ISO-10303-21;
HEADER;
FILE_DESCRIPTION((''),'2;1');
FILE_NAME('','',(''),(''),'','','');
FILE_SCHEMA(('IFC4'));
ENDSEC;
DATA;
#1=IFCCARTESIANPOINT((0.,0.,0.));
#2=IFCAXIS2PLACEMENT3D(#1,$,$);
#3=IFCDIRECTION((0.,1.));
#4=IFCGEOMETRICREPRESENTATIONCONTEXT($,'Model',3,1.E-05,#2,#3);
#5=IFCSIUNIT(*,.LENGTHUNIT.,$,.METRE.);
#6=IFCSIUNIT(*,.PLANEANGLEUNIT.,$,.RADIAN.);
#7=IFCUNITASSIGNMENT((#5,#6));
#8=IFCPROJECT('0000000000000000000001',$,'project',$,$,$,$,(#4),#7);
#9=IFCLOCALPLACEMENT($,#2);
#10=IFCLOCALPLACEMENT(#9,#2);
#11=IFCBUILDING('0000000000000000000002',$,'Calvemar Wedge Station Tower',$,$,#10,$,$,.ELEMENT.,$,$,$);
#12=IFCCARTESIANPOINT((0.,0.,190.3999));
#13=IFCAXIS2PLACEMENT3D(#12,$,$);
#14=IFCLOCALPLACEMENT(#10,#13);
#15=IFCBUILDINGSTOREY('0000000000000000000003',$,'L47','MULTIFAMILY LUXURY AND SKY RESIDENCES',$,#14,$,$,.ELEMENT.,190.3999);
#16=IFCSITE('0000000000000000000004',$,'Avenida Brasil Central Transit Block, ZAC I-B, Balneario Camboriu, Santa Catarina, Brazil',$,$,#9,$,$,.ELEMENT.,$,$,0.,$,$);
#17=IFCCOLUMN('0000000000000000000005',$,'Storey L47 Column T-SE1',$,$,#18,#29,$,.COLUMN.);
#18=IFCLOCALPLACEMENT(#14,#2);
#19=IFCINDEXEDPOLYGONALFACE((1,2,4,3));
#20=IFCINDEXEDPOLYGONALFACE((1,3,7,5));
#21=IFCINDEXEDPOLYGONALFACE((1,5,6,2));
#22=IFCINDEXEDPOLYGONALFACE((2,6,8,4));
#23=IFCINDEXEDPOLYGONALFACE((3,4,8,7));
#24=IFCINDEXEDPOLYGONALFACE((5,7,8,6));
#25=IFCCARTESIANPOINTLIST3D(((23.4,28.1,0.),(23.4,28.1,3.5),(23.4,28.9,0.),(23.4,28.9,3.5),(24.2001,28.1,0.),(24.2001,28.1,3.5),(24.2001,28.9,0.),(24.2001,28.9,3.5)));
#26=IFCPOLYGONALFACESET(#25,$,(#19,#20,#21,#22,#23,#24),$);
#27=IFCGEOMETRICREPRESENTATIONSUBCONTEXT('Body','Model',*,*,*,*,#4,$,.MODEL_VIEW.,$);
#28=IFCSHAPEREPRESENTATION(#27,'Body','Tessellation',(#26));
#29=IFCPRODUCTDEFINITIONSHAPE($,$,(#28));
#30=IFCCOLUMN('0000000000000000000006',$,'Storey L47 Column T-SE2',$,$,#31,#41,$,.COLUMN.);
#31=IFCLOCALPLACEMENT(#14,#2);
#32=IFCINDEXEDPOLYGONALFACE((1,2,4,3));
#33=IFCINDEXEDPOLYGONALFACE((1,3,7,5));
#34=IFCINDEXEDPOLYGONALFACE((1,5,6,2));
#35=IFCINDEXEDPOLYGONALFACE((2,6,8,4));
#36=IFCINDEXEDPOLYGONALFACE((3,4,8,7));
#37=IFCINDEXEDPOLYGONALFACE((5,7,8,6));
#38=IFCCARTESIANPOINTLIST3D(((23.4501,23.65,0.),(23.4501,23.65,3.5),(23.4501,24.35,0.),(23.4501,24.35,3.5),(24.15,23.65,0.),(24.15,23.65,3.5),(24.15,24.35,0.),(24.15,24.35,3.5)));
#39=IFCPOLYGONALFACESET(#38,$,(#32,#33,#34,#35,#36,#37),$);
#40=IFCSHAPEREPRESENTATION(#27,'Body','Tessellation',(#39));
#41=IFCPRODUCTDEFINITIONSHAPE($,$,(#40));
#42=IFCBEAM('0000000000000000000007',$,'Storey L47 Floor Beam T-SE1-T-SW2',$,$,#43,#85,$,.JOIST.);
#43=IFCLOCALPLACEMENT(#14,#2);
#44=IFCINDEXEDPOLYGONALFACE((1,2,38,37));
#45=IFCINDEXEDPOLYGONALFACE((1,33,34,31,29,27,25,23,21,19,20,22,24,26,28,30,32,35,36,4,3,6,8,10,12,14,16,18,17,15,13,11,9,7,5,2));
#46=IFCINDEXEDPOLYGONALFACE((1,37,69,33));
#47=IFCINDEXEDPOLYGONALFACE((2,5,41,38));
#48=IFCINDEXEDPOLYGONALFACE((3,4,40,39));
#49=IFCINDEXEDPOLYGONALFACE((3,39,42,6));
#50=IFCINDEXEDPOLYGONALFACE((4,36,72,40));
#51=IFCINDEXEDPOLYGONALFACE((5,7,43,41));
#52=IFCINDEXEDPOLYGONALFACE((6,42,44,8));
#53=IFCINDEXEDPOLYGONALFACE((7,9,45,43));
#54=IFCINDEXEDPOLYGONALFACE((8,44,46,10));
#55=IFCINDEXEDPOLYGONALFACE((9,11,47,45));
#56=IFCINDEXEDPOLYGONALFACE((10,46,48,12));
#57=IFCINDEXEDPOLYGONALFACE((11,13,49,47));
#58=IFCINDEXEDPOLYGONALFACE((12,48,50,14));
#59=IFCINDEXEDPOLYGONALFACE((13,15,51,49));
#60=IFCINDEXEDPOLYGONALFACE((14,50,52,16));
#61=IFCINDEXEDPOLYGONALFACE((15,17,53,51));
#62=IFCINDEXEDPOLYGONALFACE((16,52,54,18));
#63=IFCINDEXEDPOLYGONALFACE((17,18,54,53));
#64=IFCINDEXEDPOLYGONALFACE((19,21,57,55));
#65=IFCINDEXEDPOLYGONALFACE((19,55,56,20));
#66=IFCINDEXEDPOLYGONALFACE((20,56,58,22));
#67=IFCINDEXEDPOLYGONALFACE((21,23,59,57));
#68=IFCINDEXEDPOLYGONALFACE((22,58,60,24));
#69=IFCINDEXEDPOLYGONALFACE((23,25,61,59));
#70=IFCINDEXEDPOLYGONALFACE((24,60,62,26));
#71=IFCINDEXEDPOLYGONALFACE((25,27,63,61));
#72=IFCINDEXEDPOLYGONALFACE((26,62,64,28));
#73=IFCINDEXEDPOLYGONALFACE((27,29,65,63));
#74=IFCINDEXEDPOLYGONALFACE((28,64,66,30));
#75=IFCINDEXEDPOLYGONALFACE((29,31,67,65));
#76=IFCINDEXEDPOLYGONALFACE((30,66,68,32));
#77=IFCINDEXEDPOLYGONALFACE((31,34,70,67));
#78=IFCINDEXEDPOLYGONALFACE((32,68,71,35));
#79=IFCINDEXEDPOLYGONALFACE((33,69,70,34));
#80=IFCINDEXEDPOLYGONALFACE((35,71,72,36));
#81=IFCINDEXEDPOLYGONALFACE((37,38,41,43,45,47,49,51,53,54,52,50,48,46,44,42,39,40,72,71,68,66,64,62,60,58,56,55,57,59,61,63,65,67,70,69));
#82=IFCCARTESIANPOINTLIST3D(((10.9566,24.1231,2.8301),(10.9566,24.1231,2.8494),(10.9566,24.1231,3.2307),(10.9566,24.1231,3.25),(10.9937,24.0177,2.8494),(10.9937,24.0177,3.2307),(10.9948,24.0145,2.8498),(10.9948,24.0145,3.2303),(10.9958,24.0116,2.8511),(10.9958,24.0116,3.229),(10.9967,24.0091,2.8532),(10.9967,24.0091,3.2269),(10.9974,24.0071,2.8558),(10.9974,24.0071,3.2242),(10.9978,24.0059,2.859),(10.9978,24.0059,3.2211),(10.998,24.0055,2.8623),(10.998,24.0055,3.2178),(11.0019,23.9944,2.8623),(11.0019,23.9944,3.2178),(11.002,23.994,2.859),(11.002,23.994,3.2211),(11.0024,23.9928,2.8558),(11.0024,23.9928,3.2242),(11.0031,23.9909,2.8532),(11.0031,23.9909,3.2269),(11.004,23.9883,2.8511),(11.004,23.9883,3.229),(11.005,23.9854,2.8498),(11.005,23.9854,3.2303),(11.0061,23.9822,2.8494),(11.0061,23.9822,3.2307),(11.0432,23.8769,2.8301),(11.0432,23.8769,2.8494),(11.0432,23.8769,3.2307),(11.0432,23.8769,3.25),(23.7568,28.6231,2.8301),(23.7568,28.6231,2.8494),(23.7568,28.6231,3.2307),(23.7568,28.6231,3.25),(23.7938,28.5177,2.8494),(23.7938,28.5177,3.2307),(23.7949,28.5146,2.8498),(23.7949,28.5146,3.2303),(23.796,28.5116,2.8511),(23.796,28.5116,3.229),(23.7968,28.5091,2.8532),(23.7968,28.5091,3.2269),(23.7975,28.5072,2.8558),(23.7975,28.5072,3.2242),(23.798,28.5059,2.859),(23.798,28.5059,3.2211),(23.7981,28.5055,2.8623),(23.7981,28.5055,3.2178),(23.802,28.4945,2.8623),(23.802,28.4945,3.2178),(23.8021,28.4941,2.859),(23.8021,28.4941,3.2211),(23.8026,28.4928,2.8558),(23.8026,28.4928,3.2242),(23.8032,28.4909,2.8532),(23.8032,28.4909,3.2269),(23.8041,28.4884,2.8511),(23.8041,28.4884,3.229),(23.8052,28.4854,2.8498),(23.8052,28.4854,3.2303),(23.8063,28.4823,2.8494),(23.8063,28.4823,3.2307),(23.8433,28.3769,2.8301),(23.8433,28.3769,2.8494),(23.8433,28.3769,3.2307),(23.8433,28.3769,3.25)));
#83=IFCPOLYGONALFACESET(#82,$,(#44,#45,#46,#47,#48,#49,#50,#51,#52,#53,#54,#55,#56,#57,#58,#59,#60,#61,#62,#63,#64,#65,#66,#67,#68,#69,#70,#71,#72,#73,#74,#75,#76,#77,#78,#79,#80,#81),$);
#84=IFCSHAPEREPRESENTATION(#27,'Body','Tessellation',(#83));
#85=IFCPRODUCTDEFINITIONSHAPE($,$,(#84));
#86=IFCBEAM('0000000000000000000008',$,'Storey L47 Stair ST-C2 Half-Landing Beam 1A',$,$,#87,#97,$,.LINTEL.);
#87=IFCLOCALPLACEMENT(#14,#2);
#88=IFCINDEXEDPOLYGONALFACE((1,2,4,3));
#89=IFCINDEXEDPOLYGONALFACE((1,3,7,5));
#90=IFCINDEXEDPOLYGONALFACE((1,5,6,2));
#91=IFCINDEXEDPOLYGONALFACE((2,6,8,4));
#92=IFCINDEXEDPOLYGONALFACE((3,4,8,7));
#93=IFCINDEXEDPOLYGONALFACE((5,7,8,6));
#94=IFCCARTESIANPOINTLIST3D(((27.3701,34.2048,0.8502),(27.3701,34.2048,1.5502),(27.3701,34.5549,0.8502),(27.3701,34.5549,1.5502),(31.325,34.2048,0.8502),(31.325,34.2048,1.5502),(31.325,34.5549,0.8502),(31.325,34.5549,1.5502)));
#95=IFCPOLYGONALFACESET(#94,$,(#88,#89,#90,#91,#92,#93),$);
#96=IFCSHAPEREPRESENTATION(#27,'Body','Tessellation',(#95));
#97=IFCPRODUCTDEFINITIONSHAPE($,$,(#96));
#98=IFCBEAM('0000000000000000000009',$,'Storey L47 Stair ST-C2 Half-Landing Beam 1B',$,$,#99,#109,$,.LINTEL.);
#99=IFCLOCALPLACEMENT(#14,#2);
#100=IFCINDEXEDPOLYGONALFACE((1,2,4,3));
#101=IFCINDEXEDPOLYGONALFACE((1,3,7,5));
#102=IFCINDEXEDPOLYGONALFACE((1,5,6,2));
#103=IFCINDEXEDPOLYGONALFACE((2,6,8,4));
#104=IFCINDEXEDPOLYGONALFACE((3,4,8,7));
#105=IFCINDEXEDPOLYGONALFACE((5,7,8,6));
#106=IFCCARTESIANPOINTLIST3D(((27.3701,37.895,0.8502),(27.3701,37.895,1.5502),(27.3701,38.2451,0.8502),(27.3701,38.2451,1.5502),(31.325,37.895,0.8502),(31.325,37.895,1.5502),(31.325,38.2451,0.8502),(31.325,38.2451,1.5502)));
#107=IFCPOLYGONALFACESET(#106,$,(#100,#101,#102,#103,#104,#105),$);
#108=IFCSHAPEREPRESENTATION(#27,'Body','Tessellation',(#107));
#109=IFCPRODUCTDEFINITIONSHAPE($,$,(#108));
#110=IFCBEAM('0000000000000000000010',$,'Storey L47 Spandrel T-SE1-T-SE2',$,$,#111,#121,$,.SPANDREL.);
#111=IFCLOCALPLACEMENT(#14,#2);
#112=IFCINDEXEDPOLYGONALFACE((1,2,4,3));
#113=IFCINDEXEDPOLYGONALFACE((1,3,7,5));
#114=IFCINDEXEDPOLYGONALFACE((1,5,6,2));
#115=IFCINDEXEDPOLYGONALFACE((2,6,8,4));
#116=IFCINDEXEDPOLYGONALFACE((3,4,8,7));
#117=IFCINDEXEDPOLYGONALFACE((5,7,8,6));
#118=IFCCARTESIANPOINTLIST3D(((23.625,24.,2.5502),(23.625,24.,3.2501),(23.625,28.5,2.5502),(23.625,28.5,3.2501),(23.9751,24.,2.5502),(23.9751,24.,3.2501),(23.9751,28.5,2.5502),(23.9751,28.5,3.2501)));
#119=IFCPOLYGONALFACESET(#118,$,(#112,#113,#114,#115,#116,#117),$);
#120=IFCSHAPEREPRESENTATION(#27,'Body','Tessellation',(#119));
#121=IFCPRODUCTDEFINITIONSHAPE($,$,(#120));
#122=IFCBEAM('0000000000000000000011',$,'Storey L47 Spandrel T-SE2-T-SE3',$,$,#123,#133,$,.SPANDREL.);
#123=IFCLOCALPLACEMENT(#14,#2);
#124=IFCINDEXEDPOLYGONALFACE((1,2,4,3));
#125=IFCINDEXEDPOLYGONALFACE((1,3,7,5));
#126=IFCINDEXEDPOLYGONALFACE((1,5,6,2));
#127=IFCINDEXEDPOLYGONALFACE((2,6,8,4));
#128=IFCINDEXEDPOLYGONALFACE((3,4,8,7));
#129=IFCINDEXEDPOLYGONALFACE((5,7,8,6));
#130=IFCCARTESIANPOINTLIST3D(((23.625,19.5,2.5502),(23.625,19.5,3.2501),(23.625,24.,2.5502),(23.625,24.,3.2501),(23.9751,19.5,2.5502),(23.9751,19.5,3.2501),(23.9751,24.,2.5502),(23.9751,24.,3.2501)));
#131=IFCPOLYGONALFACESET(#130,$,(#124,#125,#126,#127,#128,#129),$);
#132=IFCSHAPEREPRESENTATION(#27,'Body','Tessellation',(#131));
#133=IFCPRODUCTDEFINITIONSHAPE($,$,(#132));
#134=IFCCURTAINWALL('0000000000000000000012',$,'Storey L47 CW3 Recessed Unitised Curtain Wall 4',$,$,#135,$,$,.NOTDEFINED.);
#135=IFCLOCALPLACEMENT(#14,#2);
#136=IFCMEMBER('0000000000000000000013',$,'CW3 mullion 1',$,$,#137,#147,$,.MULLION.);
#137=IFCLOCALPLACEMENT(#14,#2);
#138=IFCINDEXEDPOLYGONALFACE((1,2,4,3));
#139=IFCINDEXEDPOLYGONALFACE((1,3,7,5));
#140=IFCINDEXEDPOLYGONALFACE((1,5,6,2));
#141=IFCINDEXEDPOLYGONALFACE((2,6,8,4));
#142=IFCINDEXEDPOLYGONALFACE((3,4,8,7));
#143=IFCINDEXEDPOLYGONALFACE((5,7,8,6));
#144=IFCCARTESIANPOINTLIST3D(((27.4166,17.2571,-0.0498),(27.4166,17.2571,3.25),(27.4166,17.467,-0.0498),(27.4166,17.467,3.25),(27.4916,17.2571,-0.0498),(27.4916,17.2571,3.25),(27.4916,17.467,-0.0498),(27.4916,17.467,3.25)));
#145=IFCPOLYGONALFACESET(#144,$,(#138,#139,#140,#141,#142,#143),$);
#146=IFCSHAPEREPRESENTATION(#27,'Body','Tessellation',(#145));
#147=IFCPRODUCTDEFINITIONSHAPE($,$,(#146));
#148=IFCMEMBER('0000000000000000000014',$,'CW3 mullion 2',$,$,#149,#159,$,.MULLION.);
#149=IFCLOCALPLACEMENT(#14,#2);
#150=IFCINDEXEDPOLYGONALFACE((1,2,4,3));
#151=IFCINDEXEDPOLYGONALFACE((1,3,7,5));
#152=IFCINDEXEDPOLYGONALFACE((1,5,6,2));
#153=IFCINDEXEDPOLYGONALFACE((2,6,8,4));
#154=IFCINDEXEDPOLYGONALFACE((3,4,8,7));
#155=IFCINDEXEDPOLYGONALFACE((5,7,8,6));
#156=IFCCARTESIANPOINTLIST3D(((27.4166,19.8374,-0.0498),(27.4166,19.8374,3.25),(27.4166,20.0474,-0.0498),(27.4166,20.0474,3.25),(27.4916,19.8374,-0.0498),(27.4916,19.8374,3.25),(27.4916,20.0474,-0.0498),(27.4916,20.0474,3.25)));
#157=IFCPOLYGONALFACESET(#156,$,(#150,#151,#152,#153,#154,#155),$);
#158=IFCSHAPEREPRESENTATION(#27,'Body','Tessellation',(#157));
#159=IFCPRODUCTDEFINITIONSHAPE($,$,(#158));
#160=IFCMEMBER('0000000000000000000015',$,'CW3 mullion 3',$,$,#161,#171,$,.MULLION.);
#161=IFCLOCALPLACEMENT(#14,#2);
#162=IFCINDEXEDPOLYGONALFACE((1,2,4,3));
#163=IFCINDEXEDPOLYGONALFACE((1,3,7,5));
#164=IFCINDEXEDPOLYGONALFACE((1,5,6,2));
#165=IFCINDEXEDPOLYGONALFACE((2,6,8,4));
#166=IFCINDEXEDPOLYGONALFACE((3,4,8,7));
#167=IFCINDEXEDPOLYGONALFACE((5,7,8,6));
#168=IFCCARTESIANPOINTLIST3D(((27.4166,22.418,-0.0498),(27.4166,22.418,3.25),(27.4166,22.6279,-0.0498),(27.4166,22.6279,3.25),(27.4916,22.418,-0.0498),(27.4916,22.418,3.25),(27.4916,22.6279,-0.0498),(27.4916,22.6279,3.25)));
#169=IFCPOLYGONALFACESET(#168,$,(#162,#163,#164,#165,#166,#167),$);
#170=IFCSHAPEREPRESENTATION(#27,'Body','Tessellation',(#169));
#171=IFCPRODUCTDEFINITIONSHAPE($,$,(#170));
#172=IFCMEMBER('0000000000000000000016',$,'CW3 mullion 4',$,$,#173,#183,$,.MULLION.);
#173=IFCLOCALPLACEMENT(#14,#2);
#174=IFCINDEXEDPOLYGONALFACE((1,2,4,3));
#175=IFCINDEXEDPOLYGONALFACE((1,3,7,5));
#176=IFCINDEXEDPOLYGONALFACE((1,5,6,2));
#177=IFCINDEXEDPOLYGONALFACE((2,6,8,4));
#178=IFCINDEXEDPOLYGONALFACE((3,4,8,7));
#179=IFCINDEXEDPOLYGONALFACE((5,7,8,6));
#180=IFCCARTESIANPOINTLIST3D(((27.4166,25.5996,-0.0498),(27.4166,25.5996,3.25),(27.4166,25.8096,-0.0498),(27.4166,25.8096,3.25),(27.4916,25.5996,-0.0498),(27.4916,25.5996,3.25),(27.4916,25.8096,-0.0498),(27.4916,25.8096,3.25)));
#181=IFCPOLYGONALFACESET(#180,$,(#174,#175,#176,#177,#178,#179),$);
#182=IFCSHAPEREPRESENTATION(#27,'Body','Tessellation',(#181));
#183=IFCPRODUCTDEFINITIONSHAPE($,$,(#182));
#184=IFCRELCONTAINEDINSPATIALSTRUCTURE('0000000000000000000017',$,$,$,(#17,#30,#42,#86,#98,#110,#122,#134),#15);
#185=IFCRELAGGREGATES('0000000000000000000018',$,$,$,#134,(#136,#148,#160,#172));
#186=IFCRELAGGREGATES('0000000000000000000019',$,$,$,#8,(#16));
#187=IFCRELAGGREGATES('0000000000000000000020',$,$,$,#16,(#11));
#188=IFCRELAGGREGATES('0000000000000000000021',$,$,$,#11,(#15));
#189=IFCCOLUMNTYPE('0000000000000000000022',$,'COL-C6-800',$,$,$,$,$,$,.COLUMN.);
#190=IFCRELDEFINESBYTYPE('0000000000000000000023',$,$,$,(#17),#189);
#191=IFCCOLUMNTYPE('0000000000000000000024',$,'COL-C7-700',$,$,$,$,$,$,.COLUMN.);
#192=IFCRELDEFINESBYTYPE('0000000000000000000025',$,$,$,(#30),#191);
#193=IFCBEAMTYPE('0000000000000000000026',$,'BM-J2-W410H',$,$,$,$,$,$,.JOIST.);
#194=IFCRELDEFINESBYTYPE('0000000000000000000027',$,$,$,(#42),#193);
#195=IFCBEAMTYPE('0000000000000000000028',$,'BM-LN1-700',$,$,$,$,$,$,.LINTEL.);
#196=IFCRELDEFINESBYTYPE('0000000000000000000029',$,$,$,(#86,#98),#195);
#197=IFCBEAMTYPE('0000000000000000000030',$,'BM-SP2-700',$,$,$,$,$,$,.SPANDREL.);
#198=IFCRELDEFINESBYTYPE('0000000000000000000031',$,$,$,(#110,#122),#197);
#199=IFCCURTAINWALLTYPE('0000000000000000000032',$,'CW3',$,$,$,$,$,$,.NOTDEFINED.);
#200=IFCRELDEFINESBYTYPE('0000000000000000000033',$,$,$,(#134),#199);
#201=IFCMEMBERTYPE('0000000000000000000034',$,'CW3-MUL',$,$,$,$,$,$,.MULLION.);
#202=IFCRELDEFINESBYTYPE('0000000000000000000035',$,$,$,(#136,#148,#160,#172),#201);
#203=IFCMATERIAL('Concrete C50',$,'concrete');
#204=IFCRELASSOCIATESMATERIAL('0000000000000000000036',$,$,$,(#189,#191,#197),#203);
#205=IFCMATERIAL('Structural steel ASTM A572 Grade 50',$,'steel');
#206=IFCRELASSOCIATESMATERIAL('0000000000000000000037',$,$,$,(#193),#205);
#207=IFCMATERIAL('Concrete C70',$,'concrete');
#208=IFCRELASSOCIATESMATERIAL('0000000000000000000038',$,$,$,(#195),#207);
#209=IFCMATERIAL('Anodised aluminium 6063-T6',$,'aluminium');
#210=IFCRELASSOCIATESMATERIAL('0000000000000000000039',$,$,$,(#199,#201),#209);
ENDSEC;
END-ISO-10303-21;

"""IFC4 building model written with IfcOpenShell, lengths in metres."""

from ifc_helpers import new_model, si_unit, direction, frame, origin, origin_2d, place, context, subcontext, project, spatial, rectangle, i_section, extrude, source, transform, mapped, material, material_profile, profile_set, type_object, element, aggregate, save


model = new_model("IFC4")

# Units and contexts
model_context = context("Model", 3, precision=1e-05, world=origin(), true_north=direction((0.0, 1.0)))
body_context = subcontext(model_context, "Body", "Model", "MODEL_VIEW")
ifc_project = project(units=[si_unit("LENGTHUNIT", "METRE"), si_unit("PLANEANGLEUNIT", "RADIAN")], contexts=[model_context])

# Site, building, storey
site_placement = place(None, origin())
site = spatial("IfcSite", under=ifc_project, at=site_placement, Name="Avenida Brasil Central Transit Block, ZAC I-B, Balneario Camboriu, Santa Catarina, Brazil", CompositionType="ELEMENT", RefElevation=0.0)
building_placement = place(site_placement, origin())
building = spatial("IfcBuilding", under=site, at=building_placement, Name="Calvemar Wedge Station Tower", CompositionType="ELEMENT")
storey_placement = place(building_placement, frame((0.0, 0.0, 190.3999)))
storey = spatial("IfcBuildingStorey", under=building, at=storey_placement, Name="L47", Description="MULTIFAMILY LUXURY AND SKY RESIDENCES", CompositionType="ELEMENT", Elevation=190.3999)

# Columns
ifc_material_1 = material(Name="Concrete C50", Category="concrete")
ifc_material_profile_1 = material_profile(ifc_material_1, rectangle(XDim=0.8, YDim=0.8, at=origin_2d()), Name="RC800x800")
ifc_profile_set_1 = profile_set([ifc_material_profile_1], Name="Concrete C50")
column_type_1 = type_object("IfcColumnType", Name="COL-C6-800", PredefinedType="COLUMN", material=ifc_profile_set_1)
shared_shape_1 = source(origin(), body_context, "Body", "SweptSolid", [
    extrude(rectangle(XDim=0.8, YDim=0.8, at=origin_2d()), origin(), (0.0, 0.0, 1.0), 3.5),
])
column_1_placement = place(storey_placement, frame((23.8, 28.5, 0.0), z_axis=(0.0, 0.0, 1.0), x_axis=(1.0, 0.0, 0.0)))
element("IfcColumn", 1, at=column_1_placement, inside=storey, type_object=column_type_1, Name="Storey L47 Column T-SE1", PredefinedType="COLUMN", context=body_context, shape_type="MappedRepresentation", body=[
    mapped(shared_shape_1, transform((0.0, 0.0, 0.0), scale=1.0)),
])
ifc_material_profile_2 = material_profile(ifc_material_1, rectangle(XDim=0.7, YDim=0.7, at=origin_2d()), Name="RC700x700")
ifc_profile_set_2 = profile_set([ifc_material_profile_2], Name="Concrete C50")
column_type_2 = type_object("IfcColumnType", Name="COL-C7-700", PredefinedType="COLUMN", material=ifc_profile_set_2)
shared_shape_2 = source(origin(), body_context, "Body", "SweptSolid", [
    extrude(rectangle(XDim=0.7, YDim=0.7, at=origin_2d()), origin(), (0.0, 0.0, 1.0), 3.5),
])
column_2_placement = place(storey_placement, frame((23.8, 24.0, 0.0), z_axis=(0.0, 0.0, 1.0), x_axis=(1.0, 0.0, 0.0)))
element("IfcColumn", 2, at=column_2_placement, inside=storey, type_object=column_type_2, Name="Storey L47 Column T-SE2", PredefinedType="COLUMN", context=body_context, shape_type="MappedRepresentation", body=[
    mapped(shared_shape_2, transform((0.0, 0.0, 0.0), scale=1.0)),
])

# Beams
ifc_material_2 = material(Name="Structural steel ASTM A572 Grade 50", Category="steel")
ifc_material_profile_3 = material_profile(ifc_material_2, i_section(OverallWidth=0.261, OverallDepth=0.4199, WebThickness=0.0117, FlangeThickness=0.0193, FilletRadius=0.0129, at=origin_2d()), Name="W410x114")
ifc_profile_set_3 = profile_set([ifc_material_profile_3], Name="Structural steel ASTM A572 Grade 50")
beam_type_1 = type_object("IfcBeamType", Name="BM-J2-W410H", PredefinedType="JOIST", material=ifc_profile_set_3)
shared_shape_3 = source(origin(), body_context, "Body", "SweptSolid", [
    extrude(i_section(OverallWidth=0.261, OverallDepth=0.4199, WebThickness=0.0117, FlangeThickness=0.0193, FilletRadius=0.0129, at=origin_2d()), origin(), (0.0, 0.0, 1.0), 13.5681),
])
beam_placement = place(storey_placement, frame((23.8, 28.5, 3.04), z_axis=(-0.943398, -0.331662, 0.0), x_axis=(0.331662, -0.943398, 0.0)))
element("IfcBeam", 3, at=beam_placement, inside=storey, type_object=beam_type_1, Name="Storey L47 Floor Beam T-SE1-T-SW2", PredefinedType="JOIST", context=body_context, shape_type="MappedRepresentation", body=[
    mapped(shared_shape_3, transform((0.0, 0.0, 0.0), scale=1.0)),
])
ifc_material_3 = material(Name="Concrete C70", Category="concrete")
ifc_material_profile_4 = material_profile(ifc_material_3, rectangle(XDim=0.3501, YDim=0.7, at=origin_2d()), Name="RC350x700")
ifc_profile_set_4 = profile_set([ifc_material_profile_4], Name="Concrete C70")
beam_type_2 = type_object("IfcBeamType", Name="BM-LN1-700", PredefinedType="LINTEL", material=ifc_profile_set_4)
shared_shape_4 = source(origin(), body_context, "Body", "SweptSolid", [
    extrude(rectangle(XDim=0.3501, YDim=0.7, at=origin_2d()), origin(), (0.0, 0.0, 1.0), 3.9548),
])
for number, where, z_axis, x_axis, name in (
    (4, (27.3701, 34.3799, 1.2002), (1.0, 0.0, 0.0), (0.0, 1.0, 0.0), "Storey L47 Stair ST-C2 Half-Landing Beam 1A"),
    (5, (27.3701, 38.0701, 1.2002), (1.0, 0.0, 0.0), (0.0, 1.0, 0.0), "Storey L47 Stair ST-C2 Half-Landing Beam 1B"),
):
    element("IfcBeam", number, at=place(storey_placement, frame(where, z_axis=z_axis, x_axis=x_axis)), inside=storey, type_object=beam_type_2, Name=name, PredefinedType="LINTEL", context=body_context, shape_type="MappedRepresentation", body=[
        mapped(shared_shape_4, transform((0.0, 0.0, 0.0), scale=1.0)),
    ])
ifc_material_profile_5 = material_profile(ifc_material_1, rectangle(XDim=0.3501, YDim=0.7, at=origin_2d()), Name="RC350x700")
ifc_profile_set_5 = profile_set([ifc_material_profile_5], Name="Concrete C50")
beam_type_3 = type_object("IfcBeamType", Name="BM-SP2-700", PredefinedType="SPANDREL", material=ifc_profile_set_5)
shared_shape_5 = source(origin(), body_context, "Body", "SweptSolid", [
    extrude(rectangle(XDim=0.3501, YDim=0.7, at=origin_2d()), origin(), (0.0, 0.0, 1.0), 4.5),
])
for number, where, z_axis, x_axis, name in (
    (6, (23.8, 28.5, 2.9001), (0.0, -1.0, 0.0), (1.0, 0.0, 0.0), "Storey L47 Spandrel T-SE1-T-SE2"),
    (7, (23.8, 24.0, 2.9001), (0.0, -1.0, 0.0), (1.0, 0.0, 0.0), "Storey L47 Spandrel T-SE2-T-SE3"),
):
    element("IfcBeam", number, at=place(storey_placement, frame(where, z_axis=z_axis, x_axis=x_axis)), inside=storey, type_object=beam_type_3, Name=name, PredefinedType="SPANDREL", context=body_context, shape_type="MappedRepresentation", body=[
        mapped(shared_shape_5, transform((0.0, 0.0, 0.0), scale=1.0)),
    ])

# Curtain wall, members
ifc_material_4 = material(Name="Anodised aluminium 6063-T6", Category="aluminium")
curtain_wall_type = type_object("IfcCurtainWallType", Name="CW3", PredefinedType="NOTDEFINED", material=ifc_material_4)
curtain_wall_placement = place(storey_placement, origin())
curtain_wall = element("IfcCurtainWall", 8, at=curtain_wall_placement, inside=storey, type_object=curtain_wall_type, Name="Storey L47 CW3 Recessed Unitised Curtain Wall 4", PredefinedType="NOTDEFINED")
ifc_material_profile_6 = material_profile(ifc_material_4, rectangle(XDim=0.075, YDim=0.21, at=origin_2d()), Name="AL-MUL-75x210")
ifc_profile_set_6 = profile_set([ifc_material_profile_6], Name="Anodised aluminium 6063-T6")
member_type_1 = type_object("IfcMemberType", Name="CW3-MUL", PredefinedType="MULLION", material=ifc_profile_set_6)
shared_shape_6 = source(origin(), body_context, "Body", "SweptSolid", [
    extrude(rectangle(XDim=0.075, YDim=0.21, at=origin_2d()), origin(), (0.0, 0.0, 1.0), 3.2998),
])
member_1_placement = place(storey_placement, frame((27.4541, 17.3621, -0.0498), z_axis=(0.0, 0.0, 1.0), x_axis=(1.0, 0.0, 0.0)))
member_1 = element("IfcMember", 9, at=member_1_placement, type_object=member_type_1, Name="CW3 mullion 1", PredefinedType="MULLION", context=body_context, shape_type="MappedRepresentation", body=[
    mapped(shared_shape_6, transform((0.0, 0.0, 0.0), scale=1.0)),
])
member_2_placement = place(storey_placement, frame((27.4541, 19.9424, -0.0498), z_axis=(0.0, 0.0, 1.0), x_axis=(1.0, 0.0, 0.0)))
member_2 = element("IfcMember", 10, at=member_2_placement, type_object=member_type_1, Name="CW3 mullion 2", PredefinedType="MULLION", context=body_context, shape_type="MappedRepresentation", body=[
    mapped(shared_shape_6, transform((0.0, 0.0, 0.0), scale=1.0)),
])
member_3_placement = place(storey_placement, frame((27.4541, 22.5229, -0.0498), z_axis=(0.0, 0.0, 1.0), x_axis=(1.0, 0.0, 0.0)))
member_3 = element("IfcMember", 11, at=member_3_placement, type_object=member_type_1, Name="CW3 mullion 3", PredefinedType="MULLION", context=body_context, shape_type="MappedRepresentation", body=[
    mapped(shared_shape_6, transform((0.0, 0.0, 0.0), scale=1.0)),
])
member_4_placement = place(storey_placement, frame((27.4541, 25.7046, -0.0498), z_axis=(0.0, 0.0, 1.0), x_axis=(1.0, 0.0, 0.0)))
member_4 = element("IfcMember", 12, at=member_4_placement, type_object=member_type_1, Name="CW3 mullion 4", PredefinedType="MULLION", context=body_context, shape_type="MappedRepresentation", body=[
    mapped(shared_shape_6, transform((0.0, 0.0, 0.0), scale=1.0)),
])
aggregate(curtain_wall, [member_1, member_2, member_3, member_4])

save(model, "model.ifc")
